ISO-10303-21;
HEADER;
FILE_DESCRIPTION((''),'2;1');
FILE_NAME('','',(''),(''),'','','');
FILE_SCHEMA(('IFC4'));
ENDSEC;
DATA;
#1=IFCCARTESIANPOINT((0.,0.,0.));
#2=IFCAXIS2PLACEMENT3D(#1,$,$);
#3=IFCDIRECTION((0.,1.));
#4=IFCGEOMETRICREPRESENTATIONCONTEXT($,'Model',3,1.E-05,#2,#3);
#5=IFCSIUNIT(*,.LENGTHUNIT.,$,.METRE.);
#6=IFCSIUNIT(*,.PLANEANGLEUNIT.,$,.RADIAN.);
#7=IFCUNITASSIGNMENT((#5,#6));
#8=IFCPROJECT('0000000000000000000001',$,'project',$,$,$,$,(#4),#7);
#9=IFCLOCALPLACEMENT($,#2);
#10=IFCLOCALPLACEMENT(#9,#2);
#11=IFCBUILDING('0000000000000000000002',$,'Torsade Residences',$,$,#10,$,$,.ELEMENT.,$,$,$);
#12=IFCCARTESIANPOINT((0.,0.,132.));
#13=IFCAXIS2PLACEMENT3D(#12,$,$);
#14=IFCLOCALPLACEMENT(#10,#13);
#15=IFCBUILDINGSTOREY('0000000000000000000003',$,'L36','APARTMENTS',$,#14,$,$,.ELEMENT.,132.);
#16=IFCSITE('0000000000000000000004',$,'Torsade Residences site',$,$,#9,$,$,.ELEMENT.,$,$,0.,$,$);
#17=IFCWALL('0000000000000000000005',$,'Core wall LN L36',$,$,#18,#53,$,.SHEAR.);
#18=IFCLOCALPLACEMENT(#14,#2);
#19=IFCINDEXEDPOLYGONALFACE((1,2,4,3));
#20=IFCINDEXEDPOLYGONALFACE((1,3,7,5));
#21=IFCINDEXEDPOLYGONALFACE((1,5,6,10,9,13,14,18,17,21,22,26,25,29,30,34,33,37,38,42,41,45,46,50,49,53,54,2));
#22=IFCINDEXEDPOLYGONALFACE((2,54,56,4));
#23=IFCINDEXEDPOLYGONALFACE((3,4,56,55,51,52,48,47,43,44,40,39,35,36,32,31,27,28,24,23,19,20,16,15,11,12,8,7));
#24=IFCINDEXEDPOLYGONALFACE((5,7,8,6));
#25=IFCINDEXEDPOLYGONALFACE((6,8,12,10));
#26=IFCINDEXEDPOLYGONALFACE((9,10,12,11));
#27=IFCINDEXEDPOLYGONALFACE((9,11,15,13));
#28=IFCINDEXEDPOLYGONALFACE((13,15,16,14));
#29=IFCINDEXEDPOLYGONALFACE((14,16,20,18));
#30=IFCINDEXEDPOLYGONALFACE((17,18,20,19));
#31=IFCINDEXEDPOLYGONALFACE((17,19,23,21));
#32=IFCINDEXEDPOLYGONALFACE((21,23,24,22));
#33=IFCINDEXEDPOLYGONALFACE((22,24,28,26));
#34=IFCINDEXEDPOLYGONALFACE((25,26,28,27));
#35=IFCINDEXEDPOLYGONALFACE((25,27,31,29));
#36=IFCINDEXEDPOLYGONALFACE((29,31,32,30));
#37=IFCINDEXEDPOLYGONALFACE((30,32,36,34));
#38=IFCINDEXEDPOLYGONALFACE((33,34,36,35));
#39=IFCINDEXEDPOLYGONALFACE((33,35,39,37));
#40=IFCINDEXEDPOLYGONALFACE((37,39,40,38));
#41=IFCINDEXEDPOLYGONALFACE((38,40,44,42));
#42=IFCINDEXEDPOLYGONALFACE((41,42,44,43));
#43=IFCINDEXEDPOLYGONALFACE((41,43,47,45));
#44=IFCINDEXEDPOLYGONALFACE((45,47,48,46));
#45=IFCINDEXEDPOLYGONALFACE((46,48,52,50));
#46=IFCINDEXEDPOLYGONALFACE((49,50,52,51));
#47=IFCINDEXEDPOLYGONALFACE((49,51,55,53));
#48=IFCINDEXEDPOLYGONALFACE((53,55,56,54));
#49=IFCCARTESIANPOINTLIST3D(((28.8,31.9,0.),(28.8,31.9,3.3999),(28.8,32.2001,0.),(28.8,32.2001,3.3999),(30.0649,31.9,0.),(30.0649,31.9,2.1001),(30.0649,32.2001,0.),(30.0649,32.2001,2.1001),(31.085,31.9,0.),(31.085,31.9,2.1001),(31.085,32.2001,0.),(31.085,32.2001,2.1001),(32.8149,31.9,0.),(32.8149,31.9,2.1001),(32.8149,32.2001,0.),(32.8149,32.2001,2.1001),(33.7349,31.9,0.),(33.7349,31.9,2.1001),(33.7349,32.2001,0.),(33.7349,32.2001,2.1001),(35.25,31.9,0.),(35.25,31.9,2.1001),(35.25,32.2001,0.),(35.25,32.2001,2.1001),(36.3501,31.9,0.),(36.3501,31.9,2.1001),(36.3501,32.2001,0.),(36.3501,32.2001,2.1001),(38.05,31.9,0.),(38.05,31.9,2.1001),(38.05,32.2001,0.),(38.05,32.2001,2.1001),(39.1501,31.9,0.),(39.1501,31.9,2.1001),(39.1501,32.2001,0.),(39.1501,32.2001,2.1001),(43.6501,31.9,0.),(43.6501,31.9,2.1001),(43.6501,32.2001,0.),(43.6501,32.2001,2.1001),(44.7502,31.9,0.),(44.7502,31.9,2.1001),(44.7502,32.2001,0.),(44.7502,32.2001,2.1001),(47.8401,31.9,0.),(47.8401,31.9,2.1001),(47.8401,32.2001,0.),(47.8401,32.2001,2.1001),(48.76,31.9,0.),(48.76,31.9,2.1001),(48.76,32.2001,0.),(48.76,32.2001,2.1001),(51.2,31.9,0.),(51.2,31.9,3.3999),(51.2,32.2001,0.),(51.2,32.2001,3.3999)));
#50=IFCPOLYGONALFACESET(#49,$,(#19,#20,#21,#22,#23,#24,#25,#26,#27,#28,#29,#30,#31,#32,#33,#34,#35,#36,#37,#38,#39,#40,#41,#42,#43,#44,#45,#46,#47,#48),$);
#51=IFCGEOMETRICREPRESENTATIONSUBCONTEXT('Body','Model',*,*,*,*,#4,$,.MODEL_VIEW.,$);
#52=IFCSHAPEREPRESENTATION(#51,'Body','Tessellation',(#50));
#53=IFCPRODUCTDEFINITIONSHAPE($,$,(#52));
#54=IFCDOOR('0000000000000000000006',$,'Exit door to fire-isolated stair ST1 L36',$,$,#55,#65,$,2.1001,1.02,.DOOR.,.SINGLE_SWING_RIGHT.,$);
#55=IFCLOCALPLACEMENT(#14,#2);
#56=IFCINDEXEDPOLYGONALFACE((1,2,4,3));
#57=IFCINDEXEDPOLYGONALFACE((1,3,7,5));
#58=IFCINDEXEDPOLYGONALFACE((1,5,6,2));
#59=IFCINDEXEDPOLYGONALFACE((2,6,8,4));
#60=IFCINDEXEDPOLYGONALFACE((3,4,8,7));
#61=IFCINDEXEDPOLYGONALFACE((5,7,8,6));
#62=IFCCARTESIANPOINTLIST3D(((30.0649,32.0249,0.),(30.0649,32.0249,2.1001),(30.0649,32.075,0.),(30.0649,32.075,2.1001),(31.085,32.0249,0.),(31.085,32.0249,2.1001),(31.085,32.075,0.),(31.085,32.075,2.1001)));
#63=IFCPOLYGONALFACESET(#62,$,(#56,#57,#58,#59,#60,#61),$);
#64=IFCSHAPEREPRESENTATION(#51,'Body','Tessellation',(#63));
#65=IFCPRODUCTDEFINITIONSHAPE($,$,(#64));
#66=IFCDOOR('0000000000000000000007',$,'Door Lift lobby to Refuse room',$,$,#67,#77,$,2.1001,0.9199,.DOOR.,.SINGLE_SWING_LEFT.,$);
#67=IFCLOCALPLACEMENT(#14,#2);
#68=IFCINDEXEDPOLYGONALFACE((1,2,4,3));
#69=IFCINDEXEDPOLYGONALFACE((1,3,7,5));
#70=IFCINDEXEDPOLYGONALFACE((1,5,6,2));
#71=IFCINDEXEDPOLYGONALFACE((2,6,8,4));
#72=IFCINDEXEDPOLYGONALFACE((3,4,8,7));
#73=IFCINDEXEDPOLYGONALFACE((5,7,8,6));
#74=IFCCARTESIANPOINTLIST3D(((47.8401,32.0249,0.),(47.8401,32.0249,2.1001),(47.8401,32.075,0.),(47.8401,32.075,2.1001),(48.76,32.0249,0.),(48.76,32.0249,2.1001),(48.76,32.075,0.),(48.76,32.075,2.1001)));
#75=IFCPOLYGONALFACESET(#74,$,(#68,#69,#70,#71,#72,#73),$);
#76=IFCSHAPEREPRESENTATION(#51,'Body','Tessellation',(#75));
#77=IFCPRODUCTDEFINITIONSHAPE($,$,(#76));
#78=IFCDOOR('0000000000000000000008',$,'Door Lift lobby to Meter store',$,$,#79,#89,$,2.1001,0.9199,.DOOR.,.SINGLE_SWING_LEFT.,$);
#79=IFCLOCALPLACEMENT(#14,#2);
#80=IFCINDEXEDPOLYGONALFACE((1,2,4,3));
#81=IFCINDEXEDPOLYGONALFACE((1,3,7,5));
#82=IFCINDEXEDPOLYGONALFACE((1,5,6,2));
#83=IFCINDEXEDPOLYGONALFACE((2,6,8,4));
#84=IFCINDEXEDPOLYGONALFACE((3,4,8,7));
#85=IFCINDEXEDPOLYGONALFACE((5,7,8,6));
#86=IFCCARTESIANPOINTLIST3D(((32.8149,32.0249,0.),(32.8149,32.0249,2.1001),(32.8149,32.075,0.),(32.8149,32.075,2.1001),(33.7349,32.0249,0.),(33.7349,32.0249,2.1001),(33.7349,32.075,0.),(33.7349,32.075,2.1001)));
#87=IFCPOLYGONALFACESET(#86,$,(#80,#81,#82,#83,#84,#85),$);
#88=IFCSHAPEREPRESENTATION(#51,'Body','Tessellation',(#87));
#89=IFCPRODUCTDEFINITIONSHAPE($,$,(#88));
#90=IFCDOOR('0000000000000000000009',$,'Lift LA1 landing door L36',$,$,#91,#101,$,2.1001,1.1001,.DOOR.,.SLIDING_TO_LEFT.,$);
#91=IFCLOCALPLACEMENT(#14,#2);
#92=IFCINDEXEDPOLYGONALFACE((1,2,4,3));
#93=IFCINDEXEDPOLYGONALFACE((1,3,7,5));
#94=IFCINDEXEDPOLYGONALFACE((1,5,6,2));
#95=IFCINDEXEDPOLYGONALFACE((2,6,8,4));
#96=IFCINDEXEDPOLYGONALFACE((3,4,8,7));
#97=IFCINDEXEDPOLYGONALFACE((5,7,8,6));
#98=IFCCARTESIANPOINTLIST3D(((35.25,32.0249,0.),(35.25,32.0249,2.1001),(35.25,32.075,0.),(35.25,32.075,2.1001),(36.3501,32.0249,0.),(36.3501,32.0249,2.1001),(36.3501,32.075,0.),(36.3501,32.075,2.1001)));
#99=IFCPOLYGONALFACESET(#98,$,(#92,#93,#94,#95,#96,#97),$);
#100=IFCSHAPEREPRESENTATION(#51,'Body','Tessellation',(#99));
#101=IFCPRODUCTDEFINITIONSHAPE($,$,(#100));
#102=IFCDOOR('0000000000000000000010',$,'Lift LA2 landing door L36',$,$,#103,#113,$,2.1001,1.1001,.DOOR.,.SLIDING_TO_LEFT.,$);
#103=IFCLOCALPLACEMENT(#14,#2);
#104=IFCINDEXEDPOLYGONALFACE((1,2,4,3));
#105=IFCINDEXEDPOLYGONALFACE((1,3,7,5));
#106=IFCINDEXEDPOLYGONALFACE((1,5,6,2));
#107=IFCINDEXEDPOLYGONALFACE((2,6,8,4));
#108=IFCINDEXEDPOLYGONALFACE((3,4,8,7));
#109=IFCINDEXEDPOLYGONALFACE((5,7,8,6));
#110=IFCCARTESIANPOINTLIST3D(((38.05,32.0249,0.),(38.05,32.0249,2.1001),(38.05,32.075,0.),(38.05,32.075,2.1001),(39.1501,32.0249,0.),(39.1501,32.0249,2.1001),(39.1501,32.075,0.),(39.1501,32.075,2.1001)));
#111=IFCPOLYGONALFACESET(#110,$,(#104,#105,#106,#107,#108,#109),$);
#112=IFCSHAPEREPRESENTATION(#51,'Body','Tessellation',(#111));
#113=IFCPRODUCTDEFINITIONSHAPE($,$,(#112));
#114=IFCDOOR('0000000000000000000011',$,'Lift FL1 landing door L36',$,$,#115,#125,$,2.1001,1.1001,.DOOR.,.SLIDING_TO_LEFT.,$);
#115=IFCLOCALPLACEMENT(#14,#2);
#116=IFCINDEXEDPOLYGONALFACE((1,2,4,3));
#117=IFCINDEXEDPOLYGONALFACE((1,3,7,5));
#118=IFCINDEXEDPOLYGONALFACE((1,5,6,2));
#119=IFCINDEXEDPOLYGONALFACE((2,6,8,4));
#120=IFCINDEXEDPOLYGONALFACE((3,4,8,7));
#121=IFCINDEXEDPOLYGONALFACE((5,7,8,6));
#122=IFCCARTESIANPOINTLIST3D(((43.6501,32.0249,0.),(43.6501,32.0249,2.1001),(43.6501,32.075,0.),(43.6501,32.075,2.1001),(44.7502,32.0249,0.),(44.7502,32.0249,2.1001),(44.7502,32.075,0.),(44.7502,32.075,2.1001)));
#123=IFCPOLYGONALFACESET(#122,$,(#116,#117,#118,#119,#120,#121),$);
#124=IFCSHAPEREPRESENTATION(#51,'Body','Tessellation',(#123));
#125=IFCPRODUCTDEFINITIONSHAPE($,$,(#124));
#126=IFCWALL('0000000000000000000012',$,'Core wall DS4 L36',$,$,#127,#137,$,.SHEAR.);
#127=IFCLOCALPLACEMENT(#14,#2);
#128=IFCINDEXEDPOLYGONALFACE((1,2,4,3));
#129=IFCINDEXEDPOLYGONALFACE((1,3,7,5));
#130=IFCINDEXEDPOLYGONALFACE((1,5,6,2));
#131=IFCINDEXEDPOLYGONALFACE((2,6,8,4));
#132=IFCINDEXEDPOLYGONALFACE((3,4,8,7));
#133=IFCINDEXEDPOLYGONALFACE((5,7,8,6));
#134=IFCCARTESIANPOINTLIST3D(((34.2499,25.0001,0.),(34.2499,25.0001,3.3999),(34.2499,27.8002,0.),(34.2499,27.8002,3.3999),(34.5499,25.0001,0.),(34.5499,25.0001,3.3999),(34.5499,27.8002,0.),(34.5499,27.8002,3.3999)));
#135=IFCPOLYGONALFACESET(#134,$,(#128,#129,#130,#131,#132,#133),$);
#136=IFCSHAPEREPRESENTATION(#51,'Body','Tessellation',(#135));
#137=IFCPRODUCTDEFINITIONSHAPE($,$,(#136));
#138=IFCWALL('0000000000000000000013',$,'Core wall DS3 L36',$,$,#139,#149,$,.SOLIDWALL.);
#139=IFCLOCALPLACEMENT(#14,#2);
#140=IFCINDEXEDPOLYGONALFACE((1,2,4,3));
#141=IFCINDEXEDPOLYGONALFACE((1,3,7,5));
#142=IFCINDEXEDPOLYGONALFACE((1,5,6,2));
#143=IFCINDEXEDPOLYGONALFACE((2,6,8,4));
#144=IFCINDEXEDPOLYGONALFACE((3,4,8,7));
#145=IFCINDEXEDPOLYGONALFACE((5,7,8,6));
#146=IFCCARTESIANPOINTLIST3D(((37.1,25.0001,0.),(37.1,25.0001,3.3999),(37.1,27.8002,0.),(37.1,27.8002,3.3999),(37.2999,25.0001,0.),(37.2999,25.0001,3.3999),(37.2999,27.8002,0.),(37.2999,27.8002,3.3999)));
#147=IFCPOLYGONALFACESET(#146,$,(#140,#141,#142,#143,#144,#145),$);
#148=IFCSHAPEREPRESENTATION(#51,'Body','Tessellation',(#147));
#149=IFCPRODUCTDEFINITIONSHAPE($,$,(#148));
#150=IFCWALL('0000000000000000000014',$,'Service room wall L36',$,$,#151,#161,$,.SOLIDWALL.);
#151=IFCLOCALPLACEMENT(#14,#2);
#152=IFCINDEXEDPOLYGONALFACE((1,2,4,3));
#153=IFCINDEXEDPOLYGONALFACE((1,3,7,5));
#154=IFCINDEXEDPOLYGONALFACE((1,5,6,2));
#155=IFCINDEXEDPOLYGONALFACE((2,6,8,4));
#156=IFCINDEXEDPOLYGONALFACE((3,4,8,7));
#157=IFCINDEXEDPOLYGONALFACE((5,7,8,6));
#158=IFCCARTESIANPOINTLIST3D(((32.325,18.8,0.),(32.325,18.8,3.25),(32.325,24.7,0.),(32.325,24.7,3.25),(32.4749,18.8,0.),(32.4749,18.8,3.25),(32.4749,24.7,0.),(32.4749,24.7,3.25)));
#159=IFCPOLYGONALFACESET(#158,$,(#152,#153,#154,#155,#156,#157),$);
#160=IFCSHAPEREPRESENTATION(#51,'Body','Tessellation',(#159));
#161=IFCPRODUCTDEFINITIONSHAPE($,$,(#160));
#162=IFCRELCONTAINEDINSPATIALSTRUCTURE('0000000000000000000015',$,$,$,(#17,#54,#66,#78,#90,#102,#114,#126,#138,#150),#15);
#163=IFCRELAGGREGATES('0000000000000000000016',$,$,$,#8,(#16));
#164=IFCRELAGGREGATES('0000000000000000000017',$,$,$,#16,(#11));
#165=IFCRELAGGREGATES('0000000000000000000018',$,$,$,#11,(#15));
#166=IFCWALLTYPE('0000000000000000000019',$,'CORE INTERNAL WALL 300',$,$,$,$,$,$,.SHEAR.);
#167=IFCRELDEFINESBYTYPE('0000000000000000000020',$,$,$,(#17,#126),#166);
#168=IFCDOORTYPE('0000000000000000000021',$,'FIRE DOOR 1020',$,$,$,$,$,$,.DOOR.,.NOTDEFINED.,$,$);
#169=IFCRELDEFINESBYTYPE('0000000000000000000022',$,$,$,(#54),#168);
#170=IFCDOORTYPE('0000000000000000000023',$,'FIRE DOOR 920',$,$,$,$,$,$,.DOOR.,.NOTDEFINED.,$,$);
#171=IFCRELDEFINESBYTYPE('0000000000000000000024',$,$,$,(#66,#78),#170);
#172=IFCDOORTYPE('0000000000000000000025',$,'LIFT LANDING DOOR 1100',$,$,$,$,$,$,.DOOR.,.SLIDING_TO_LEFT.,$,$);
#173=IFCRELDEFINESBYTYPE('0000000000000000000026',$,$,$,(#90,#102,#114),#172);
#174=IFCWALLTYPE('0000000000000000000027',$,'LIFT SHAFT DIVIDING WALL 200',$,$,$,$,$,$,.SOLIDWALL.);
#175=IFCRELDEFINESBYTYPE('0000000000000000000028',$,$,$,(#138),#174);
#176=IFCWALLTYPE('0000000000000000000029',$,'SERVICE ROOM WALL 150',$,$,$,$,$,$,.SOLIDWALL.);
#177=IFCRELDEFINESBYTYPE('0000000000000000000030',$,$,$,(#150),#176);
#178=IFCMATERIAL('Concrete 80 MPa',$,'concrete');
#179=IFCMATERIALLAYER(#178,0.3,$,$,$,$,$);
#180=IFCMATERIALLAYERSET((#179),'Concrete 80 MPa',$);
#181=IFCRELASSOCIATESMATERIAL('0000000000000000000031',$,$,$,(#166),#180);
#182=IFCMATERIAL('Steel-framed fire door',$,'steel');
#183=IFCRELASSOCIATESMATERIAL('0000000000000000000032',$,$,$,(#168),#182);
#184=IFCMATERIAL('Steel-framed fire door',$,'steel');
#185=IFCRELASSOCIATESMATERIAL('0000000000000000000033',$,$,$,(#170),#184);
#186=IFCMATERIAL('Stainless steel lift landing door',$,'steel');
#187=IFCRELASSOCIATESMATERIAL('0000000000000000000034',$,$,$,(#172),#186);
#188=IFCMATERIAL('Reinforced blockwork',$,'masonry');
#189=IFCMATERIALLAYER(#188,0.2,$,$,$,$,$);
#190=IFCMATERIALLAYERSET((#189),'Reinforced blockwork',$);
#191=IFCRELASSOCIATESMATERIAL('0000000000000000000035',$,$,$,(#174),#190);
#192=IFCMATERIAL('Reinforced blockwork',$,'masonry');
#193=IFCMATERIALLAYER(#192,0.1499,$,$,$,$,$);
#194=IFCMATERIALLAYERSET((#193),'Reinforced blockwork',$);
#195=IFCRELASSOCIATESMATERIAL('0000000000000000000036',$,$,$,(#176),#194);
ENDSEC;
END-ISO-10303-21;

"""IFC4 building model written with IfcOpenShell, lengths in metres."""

from ifc_helpers import new_model, si_unit, direction, frame, frame_2d, origin, place, context, subcontext, project, spatial, rectangle, extrude, material, layer, layer_set, type_object, element, fill, save


model = new_model("IFC4")

# Units and contexts
model_context = context("Model", 3, precision=1e-05, world=origin(), true_north=direction((0.0, 1.0)))
body_context = subcontext(model_context, "Body", "Model", "MODEL_VIEW")
ifc_project = project(units=[si_unit("LENGTHUNIT", "METRE"), si_unit("PLANEANGLEUNIT", "RADIAN")], contexts=[model_context])

# Site, building, storey
site_placement = place(None, origin())
site = spatial("IfcSite", under=ifc_project, at=site_placement, Name="Torsade Residences site", CompositionType="ELEMENT", RefElevation=0.0)
building_placement = place(site_placement, origin())
building = spatial("IfcBuilding", under=site, at=building_placement, Name="Torsade Residences", CompositionType="ELEMENT")
storey_placement = place(building_placement, frame((0.0, 0.0, 132.0)))
storey = spatial("IfcBuildingStorey", under=building, at=storey_placement, Name="L36", Description="APARTMENTS", CompositionType="ELEMENT", Elevation=132.0)

# Wall, openings, doors
ifc_material_1 = material(Name="Concrete 80 MPa", Category="concrete")
ifc_layer_1 = layer(ifc_material_1, 0.3)
ifc_layer_set_1 = layer_set([ifc_layer_1], Name="Concrete 80 MPa")
wall_type_1 = type_object("IfcWallType", Name="CORE INTERNAL WALL 300", PredefinedType="SHEAR", material=ifc_layer_set_1)
wall_1_placement = place(storey_placement, frame((28.8, 32.05, 0.0), z_axis=(0.0, 0.0, 1.0), x_axis=(1.0, 0.0, 0.0)))
wall_1 = element("IfcWall", 1, at=wall_1_placement, inside=storey, type_object=wall_type_1, Name="Core wall LN L36", PredefinedType="SHEAR", context=body_context, shape_type="SweptSolid", body=[
    extrude(rectangle(XDim=22.3999, YDim=0.3, at=frame_2d((11.2, 0.0))), origin(), (0.0, 0.0, 1.0), 3.3999),
])
opening_1_placement = place(wall_1_placement, frame((19.04, 0.0, 0.0)))
opening_1 = element("IfcOpeningElement", 2, at=opening_1_placement, cuts=wall_1, PredefinedType="OPENING", context=body_context, shape_type="SweptSolid", body=[
    extrude(rectangle(XDim=0.9199, YDim=2.1001, at=frame_2d((0.46, 1.05))), frame((0.0, 0.1599, 0.0), z_axis=(0.0, -1.0, 0.0), x_axis=(1.0, 0.0, 0.0)), (0.0, 0.0, 1.0), 0.3201),
])
opening_2_placement = place(wall_1_placement, frame((1.2649, 0.0, 0.0)))
opening_2 = element("IfcOpeningElement", 3, at=opening_2_placement, cuts=wall_1, PredefinedType="OPENING", context=body_context, shape_type="SweptSolid", body=[
    extrude(rectangle(XDim=1.02, YDim=2.1001, at=frame_2d((0.51, 1.05))), frame((0.0, 0.1599, 0.0), z_axis=(0.0, -1.0, 0.0), x_axis=(1.0, 0.0, 0.0)), (0.0, 0.0, 1.0), 0.3201),
])
opening_3_placement = place(wall_1_placement, frame((4.0149, 0.0, 0.0)))
opening_3 = element("IfcOpeningElement", 4, at=opening_3_placement, cuts=wall_1, PredefinedType="OPENING", context=body_context, shape_type="SweptSolid", body=[
    extrude(rectangle(XDim=0.9199, YDim=2.1001, at=frame_2d((0.46, 1.05))), frame((0.0, 0.1599, 0.0), z_axis=(0.0, -1.0, 0.0), x_axis=(1.0, 0.0, 0.0)), (0.0, 0.0, 1.0), 0.3201),
])
opening_4_placement = place(wall_1_placement, frame((6.45, 0.0, 0.0)))
opening_4 = element("IfcOpeningElement", 5, at=opening_4_placement, cuts=wall_1, PredefinedType="OPENING", context=body_context, shape_type="SweptSolid", body=[
    extrude(rectangle(XDim=1.1001, YDim=2.1001, at=frame_2d((0.55, 1.05))), frame((0.0, 0.1599, 0.0), z_axis=(0.0, -1.0, 0.0), x_axis=(1.0, 0.0, 0.0)), (0.0, 0.0, 1.0), 0.3201),
])
opening_5_placement = place(wall_1_placement, frame((9.25, 0.0, 0.0)))
opening_5 = element("IfcOpeningElement", 6, at=opening_5_placement, cuts=wall_1, PredefinedType="OPENING", context=body_context, shape_type="SweptSolid", body=[
    extrude(rectangle(XDim=1.1001, YDim=2.1001, at=frame_2d((0.55, 1.05))), frame((0.0, 0.1599, 0.0), z_axis=(0.0, -1.0, 0.0), x_axis=(1.0, 0.0, 0.0)), (0.0, 0.0, 1.0), 0.3201),
])
opening_6_placement = place(wall_1_placement, frame((14.8501, 0.0, 0.0)))
opening_6 = element("IfcOpeningElement", 7, at=opening_6_placement, cuts=wall_1, PredefinedType="OPENING", context=body_context, shape_type="SweptSolid", body=[
    extrude(rectangle(XDim=1.1001, YDim=2.1001, at=frame_2d((0.55, 1.05))), frame((0.0, 0.1599, 0.0), z_axis=(0.0, -1.0, 0.0), x_axis=(1.0, 0.0, 0.0)), (0.0, 0.0, 1.0), 0.3201),
])
ifc_material_2 = material(Name="Steel-framed fire door", Category="steel")
door_type_1 = type_object("IfcDoorType", Name="FIRE DOOR 1020", OperationType="NOTDEFINED", PredefinedType="DOOR", material=ifc_material_2)
door_1_placement = place(opening_2_placement, origin())
door_1 = element("IfcDoor", 8, at=door_1_placement, inside=storey, type_object=door_type_1, Name="Exit door to fire-isolated stair ST1 L36", OperationType="SINGLE_SWING_RIGHT", OverallHeight=2.1001, OverallWidth=1.02, PredefinedType="DOOR", context=body_context, shape_type="SweptSolid", body=[
    extrude(rectangle(XDim=1.02, YDim=2.1001, at=frame_2d((0.51, 1.05))), frame((0.0, 0.0249, 0.0), z_axis=(0.0, -1.0, 0.0), x_axis=(1.0, 0.0, 0.0)), (0.0, 0.0, 1.0), 0.05),
])
fill(opening_2, door_1)
ifc_material_3 = material(Name="Steel-framed fire door", Category="steel")
door_type_2 = type_object("IfcDoorType", Name="FIRE DOOR 920", OperationType="NOTDEFINED", PredefinedType="DOOR", material=ifc_material_3)
door_2_placement = place(opening_1_placement, origin())
door_2 = element("IfcDoor", 9, at=door_2_placement, inside=storey, type_object=door_type_2, Name="Door Lift lobby to Refuse room", OperationType="SINGLE_SWING_LEFT", OverallHeight=2.1001, OverallWidth=0.9199, PredefinedType="DOOR", context=body_context, shape_type="SweptSolid", body=[
    extrude(rectangle(XDim=0.9199, YDim=2.1001, at=frame_2d((0.46, 1.05))), frame((0.0, 0.0249, 0.0), z_axis=(0.0, -1.0, 0.0), x_axis=(1.0, 0.0, 0.0)), (0.0, 0.0, 1.0), 0.05),
])
fill(opening_1, door_2)
door_3_placement = place(opening_3_placement, origin())
door_3 = element("IfcDoor", 10, at=door_3_placement, inside=storey, type_object=door_type_2, Name="Door Lift lobby to Meter store", OperationType="SINGLE_SWING_LEFT", OverallHeight=2.1001, OverallWidth=0.9199, PredefinedType="DOOR", context=body_context, shape_type="SweptSolid", body=[
    extrude(rectangle(XDim=0.9199, YDim=2.1001, at=frame_2d((0.46, 1.05))), frame((0.0, 0.0249, 0.0), z_axis=(0.0, -1.0, 0.0), x_axis=(1.0, 0.0, 0.0)), (0.0, 0.0, 1.0), 0.05),
])
fill(opening_3, door_3)
ifc_material_4 = material(Name="Stainless steel lift landing door", Category="steel")
door_type_3 = type_object("IfcDoorType", Name="LIFT LANDING DOOR 1100", OperationType="SLIDING_TO_LEFT", PredefinedType="DOOR", material=ifc_material_4)
door_4_placement = place(opening_4_placement, origin())
door_4 = element("IfcDoor", 11, at=door_4_placement, inside=storey, type_object=door_type_3, Name="Lift LA1 landing door L36", OperationType="SLIDING_TO_LEFT", OverallHeight=2.1001, OverallWidth=1.1001, PredefinedType="DOOR", context=body_context, shape_type="SweptSolid", body=[
    extrude(rectangle(XDim=1.1001, YDim=2.1001, at=frame_2d((0.55, 1.05))), frame((0.0, 0.0249, 0.0), z_axis=(0.0, -1.0, 0.0), x_axis=(1.0, 0.0, 0.0)), (0.0, 0.0, 1.0), 0.05),
])
fill(opening_4, door_4)
door_5_placement = place(opening_5_placement, origin())
door_5 = element("IfcDoor", 12, at=door_5_placement, inside=storey, type_object=door_type_3, Name="Lift LA2 landing door L36", OperationType="SLIDING_TO_LEFT", OverallHeight=2.1001, OverallWidth=1.1001, PredefinedType="DOOR", context=body_context, shape_type="SweptSolid", body=[
    extrude(rectangle(XDim=1.1001, YDim=2.1001, at=frame_2d((0.55, 1.05))), frame((0.0, 0.0249, 0.0), z_axis=(0.0, -1.0, 0.0), x_axis=(1.0, 0.0, 0.0)), (0.0, 0.0, 1.0), 0.05),
])
fill(opening_5, door_5)
door_6_placement = place(opening_6_placement, origin())
door_6 = element("IfcDoor", 13, at=door_6_placement, inside=storey, type_object=door_type_3, Name="Lift FL1 landing door L36", OperationType="SLIDING_TO_LEFT", OverallHeight=2.1001, OverallWidth=1.1001, PredefinedType="DOOR", context=body_context, shape_type="SweptSolid", body=[
    extrude(rectangle(XDim=1.1001, YDim=2.1001, at=frame_2d((0.55, 1.05))), frame((0.0, 0.0249, 0.0), z_axis=(0.0, -1.0, 0.0), x_axis=(1.0, 0.0, 0.0)), (0.0, 0.0, 1.0), 0.05),
])
fill(opening_6, door_6)

# Walls
wall_2_placement = place(storey_placement, frame((34.3999, 27.8, 0.0), z_axis=(0.0, 0.0, 1.0), x_axis=(0.0, -1.0, 0.0)))
element("IfcWall", 14, at=wall_2_placement, inside=storey, type_object=wall_type_1, Name="Core wall DS4 L36", PredefinedType="SHEAR", context=body_context, shape_type="SweptSolid", body=[
    extrude(rectangle(XDim=2.8, YDim=0.3, at=frame_2d((1.3999, 0.0))), origin(), (0.0, 0.0, 1.0), 3.3999),
])
ifc_material_5 = material(Name="Reinforced blockwork", Category="masonry")
ifc_layer_2 = layer(ifc_material_5, 0.2)
ifc_layer_set_2 = layer_set([ifc_layer_2], Name="Reinforced blockwork")
wall_type_2 = type_object("IfcWallType", Name="LIFT SHAFT DIVIDING WALL 200", PredefinedType="SOLIDWALL", material=ifc_layer_set_2)
wall_3_placement = place(storey_placement, frame((37.2, 27.8, 0.0), z_axis=(0.0, 0.0, 1.0), x_axis=(0.0, -1.0, 0.0)))
element("IfcWall", 15, at=wall_3_placement, inside=storey, type_object=wall_type_2, Name="Core wall DS3 L36", PredefinedType="SOLIDWALL", context=body_context, shape_type="SweptSolid", body=[
    extrude(rectangle(XDim=2.8, YDim=0.2, at=frame_2d((1.3999, 0.0))), origin(), (0.0, 0.0, 1.0), 3.3999),
])
ifc_material_6 = material(Name="Reinforced blockwork", Category="masonry")
ifc_layer_3 = layer(ifc_material_6, 0.1499)
ifc_layer_set_3 = layer_set([ifc_layer_3], Name="Reinforced blockwork")
wall_type_3 = type_object("IfcWallType", Name="SERVICE ROOM WALL 150", PredefinedType="SOLIDWALL", material=ifc_layer_set_3)
wall_4_placement = place(storey_placement, frame((32.3999, 18.8, 0.0), z_axis=(0.0, 0.0, 1.0), x_axis=(0.0, 1.0, 0.0)))
element("IfcWall", 16, at=wall_4_placement, inside=storey, type_object=wall_type_3, Name="Service room wall L36", PredefinedType="SOLIDWALL", context=body_context, shape_type="SweptSolid", body=[
    extrude(rectangle(XDim=5.8999, YDim=0.1499, at=frame_2d((2.95, 0.0))), origin(), (0.0, 0.0, 1.0), 3.25),
])

save(model, "model.ifc")
